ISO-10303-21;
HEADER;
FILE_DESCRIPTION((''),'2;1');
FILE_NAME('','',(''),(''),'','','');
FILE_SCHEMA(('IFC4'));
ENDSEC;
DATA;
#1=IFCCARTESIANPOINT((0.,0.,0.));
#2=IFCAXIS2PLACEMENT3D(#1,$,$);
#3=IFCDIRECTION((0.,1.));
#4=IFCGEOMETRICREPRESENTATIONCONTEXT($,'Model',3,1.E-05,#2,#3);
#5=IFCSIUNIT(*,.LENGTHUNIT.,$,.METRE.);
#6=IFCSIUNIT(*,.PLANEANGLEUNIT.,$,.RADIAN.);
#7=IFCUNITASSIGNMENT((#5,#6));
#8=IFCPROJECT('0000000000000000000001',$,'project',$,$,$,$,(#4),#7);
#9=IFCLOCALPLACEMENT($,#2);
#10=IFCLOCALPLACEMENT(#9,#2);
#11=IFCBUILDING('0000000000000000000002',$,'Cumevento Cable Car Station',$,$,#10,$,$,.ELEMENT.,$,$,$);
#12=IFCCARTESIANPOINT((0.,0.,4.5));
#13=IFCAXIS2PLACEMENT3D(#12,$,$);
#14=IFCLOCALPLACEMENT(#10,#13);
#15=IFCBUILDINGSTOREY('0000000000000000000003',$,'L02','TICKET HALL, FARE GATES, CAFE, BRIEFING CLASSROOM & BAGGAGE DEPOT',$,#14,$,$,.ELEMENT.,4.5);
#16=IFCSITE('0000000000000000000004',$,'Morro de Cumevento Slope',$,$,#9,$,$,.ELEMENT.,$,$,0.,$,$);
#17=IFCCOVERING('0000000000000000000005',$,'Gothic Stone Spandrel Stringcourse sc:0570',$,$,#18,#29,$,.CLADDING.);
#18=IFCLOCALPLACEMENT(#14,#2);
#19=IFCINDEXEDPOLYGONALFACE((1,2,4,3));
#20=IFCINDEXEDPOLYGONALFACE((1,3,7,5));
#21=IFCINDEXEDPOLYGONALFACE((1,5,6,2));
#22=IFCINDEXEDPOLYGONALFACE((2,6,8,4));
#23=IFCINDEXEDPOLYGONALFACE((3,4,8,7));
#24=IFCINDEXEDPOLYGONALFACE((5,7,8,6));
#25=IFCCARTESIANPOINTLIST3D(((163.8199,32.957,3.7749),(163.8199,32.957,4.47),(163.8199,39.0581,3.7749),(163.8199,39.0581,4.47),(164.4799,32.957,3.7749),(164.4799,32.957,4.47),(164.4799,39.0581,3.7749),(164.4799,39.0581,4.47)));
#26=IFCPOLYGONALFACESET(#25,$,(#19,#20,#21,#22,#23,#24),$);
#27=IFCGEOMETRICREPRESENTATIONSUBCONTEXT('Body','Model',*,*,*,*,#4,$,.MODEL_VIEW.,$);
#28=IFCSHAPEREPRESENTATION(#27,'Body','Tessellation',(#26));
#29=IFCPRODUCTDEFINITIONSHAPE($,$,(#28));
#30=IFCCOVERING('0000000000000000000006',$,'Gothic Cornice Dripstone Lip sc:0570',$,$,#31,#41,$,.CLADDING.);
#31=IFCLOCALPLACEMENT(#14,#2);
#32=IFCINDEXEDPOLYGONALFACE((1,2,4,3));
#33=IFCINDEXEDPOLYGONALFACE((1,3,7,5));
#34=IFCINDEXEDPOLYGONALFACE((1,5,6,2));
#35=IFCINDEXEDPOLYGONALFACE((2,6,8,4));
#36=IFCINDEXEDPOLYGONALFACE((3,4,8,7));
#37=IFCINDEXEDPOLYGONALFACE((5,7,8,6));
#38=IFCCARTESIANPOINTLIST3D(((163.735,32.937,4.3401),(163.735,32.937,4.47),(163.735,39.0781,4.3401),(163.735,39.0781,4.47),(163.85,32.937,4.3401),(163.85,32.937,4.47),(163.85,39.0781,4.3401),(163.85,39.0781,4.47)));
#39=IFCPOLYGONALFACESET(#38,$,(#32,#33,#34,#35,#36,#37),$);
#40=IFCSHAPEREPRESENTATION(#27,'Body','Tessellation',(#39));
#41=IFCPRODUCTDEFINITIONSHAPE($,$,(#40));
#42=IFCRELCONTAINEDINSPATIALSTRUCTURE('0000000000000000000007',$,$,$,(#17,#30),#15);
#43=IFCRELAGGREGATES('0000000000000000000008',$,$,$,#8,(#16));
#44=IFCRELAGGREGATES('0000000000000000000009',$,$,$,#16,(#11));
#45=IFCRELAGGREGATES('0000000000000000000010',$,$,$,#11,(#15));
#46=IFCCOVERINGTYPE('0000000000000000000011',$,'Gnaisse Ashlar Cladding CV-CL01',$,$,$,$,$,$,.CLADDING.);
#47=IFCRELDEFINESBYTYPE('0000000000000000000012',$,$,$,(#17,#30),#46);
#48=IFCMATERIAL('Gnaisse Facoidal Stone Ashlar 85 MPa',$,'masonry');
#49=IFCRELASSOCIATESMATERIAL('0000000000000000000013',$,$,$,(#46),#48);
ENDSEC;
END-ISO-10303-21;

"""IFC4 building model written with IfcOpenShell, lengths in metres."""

from ifc_helpers import new_model, si_unit, direction, frame, origin, origin_2d, place, context, subcontext, project, spatial, rectangle, extrude, material, type_object, element, save


model = new_model("IFC4")

# Units and contexts
model_context = context("Model", 3, precision=1e-05, world=origin(), true_north=direction((0.0, 1.0)))
body_context = subcontext(model_context, "Body", "Model", "MODEL_VIEW")
ifc_project = project(units=[si_unit("LENGTHUNIT", "METRE"), si_unit("PLANEANGLEUNIT", "RADIAN")], contexts=[model_context])

# Site, building, storey
site_placement = place(None, origin())
site = spatial("IfcSite", under=ifc_project, at=site_placement, Name="Morro de Cumevento Slope", CompositionType="ELEMENT", RefElevation=0.0)
building_placement = place(site_placement, origin())
building = spatial("IfcBuilding", under=site, at=building_placement, Name="Cumevento Cable Car Station", CompositionType="ELEMENT")
storey_placement = place(building_placement, frame((0.0, 0.0, 4.5)))
storey = spatial("IfcBuildingStorey", under=building, at=storey_placement, Name="L02", Description="TICKET HALL, FARE GATES, CAFE, BRIEFING CLASSROOM & BAGGAGE DEPOT", CompositionType="ELEMENT", Elevation=4.5)

# Coverings
ifc_material_1 = material(Name="Gnaisse Facoidal Stone Ashlar 85 MPa", Category="masonry")
covering_type = type_object("IfcCoveringType", Name="Gnaisse Ashlar Cladding CV-CL01", PredefinedType="CLADDING", material=ifc_material_1)
covering_1_placement = place(storey_placement, frame((164.1499, 36.0076, 3.7749), z_axis=(0.0, 0.0, 1.0), x_axis=(0.0, 1.0, 0.0)))
element("IfcCovering", 1, at=covering_1_placement, inside=storey, type_object=covering_type, Name="Gothic Stone Spandrel Stringcourse sc:0570", PredefinedType="CLADDING", context=body_context, shape_type="SweptSolid", body=[
    extrude(rectangle(XDim=6.1011, YDim=0.6599, at=origin_2d()), origin(), (0.0, 0.0, 1.0), 0.6951),
])
covering_2_placement = place(storey_placement, frame((163.7925, 36.0076, 4.3401), z_axis=(0.0, 0.0, 1.0), x_axis=(0.0, 1.0, 0.0)))
element("IfcCovering", 2, at=covering_2_placement, inside=storey, type_object=covering_type, Name="Gothic Cornice Dripstone Lip sc:0570", PredefinedType="CLADDING", context=body_context, shape_type="SweptSolid", body=[
    extrude(rectangle(XDim=6.1411, YDim=0.115, at=origin_2d()), origin(), (0.0, 0.0, 1.0), 0.1299),
])

save(model, "model.ifc")
